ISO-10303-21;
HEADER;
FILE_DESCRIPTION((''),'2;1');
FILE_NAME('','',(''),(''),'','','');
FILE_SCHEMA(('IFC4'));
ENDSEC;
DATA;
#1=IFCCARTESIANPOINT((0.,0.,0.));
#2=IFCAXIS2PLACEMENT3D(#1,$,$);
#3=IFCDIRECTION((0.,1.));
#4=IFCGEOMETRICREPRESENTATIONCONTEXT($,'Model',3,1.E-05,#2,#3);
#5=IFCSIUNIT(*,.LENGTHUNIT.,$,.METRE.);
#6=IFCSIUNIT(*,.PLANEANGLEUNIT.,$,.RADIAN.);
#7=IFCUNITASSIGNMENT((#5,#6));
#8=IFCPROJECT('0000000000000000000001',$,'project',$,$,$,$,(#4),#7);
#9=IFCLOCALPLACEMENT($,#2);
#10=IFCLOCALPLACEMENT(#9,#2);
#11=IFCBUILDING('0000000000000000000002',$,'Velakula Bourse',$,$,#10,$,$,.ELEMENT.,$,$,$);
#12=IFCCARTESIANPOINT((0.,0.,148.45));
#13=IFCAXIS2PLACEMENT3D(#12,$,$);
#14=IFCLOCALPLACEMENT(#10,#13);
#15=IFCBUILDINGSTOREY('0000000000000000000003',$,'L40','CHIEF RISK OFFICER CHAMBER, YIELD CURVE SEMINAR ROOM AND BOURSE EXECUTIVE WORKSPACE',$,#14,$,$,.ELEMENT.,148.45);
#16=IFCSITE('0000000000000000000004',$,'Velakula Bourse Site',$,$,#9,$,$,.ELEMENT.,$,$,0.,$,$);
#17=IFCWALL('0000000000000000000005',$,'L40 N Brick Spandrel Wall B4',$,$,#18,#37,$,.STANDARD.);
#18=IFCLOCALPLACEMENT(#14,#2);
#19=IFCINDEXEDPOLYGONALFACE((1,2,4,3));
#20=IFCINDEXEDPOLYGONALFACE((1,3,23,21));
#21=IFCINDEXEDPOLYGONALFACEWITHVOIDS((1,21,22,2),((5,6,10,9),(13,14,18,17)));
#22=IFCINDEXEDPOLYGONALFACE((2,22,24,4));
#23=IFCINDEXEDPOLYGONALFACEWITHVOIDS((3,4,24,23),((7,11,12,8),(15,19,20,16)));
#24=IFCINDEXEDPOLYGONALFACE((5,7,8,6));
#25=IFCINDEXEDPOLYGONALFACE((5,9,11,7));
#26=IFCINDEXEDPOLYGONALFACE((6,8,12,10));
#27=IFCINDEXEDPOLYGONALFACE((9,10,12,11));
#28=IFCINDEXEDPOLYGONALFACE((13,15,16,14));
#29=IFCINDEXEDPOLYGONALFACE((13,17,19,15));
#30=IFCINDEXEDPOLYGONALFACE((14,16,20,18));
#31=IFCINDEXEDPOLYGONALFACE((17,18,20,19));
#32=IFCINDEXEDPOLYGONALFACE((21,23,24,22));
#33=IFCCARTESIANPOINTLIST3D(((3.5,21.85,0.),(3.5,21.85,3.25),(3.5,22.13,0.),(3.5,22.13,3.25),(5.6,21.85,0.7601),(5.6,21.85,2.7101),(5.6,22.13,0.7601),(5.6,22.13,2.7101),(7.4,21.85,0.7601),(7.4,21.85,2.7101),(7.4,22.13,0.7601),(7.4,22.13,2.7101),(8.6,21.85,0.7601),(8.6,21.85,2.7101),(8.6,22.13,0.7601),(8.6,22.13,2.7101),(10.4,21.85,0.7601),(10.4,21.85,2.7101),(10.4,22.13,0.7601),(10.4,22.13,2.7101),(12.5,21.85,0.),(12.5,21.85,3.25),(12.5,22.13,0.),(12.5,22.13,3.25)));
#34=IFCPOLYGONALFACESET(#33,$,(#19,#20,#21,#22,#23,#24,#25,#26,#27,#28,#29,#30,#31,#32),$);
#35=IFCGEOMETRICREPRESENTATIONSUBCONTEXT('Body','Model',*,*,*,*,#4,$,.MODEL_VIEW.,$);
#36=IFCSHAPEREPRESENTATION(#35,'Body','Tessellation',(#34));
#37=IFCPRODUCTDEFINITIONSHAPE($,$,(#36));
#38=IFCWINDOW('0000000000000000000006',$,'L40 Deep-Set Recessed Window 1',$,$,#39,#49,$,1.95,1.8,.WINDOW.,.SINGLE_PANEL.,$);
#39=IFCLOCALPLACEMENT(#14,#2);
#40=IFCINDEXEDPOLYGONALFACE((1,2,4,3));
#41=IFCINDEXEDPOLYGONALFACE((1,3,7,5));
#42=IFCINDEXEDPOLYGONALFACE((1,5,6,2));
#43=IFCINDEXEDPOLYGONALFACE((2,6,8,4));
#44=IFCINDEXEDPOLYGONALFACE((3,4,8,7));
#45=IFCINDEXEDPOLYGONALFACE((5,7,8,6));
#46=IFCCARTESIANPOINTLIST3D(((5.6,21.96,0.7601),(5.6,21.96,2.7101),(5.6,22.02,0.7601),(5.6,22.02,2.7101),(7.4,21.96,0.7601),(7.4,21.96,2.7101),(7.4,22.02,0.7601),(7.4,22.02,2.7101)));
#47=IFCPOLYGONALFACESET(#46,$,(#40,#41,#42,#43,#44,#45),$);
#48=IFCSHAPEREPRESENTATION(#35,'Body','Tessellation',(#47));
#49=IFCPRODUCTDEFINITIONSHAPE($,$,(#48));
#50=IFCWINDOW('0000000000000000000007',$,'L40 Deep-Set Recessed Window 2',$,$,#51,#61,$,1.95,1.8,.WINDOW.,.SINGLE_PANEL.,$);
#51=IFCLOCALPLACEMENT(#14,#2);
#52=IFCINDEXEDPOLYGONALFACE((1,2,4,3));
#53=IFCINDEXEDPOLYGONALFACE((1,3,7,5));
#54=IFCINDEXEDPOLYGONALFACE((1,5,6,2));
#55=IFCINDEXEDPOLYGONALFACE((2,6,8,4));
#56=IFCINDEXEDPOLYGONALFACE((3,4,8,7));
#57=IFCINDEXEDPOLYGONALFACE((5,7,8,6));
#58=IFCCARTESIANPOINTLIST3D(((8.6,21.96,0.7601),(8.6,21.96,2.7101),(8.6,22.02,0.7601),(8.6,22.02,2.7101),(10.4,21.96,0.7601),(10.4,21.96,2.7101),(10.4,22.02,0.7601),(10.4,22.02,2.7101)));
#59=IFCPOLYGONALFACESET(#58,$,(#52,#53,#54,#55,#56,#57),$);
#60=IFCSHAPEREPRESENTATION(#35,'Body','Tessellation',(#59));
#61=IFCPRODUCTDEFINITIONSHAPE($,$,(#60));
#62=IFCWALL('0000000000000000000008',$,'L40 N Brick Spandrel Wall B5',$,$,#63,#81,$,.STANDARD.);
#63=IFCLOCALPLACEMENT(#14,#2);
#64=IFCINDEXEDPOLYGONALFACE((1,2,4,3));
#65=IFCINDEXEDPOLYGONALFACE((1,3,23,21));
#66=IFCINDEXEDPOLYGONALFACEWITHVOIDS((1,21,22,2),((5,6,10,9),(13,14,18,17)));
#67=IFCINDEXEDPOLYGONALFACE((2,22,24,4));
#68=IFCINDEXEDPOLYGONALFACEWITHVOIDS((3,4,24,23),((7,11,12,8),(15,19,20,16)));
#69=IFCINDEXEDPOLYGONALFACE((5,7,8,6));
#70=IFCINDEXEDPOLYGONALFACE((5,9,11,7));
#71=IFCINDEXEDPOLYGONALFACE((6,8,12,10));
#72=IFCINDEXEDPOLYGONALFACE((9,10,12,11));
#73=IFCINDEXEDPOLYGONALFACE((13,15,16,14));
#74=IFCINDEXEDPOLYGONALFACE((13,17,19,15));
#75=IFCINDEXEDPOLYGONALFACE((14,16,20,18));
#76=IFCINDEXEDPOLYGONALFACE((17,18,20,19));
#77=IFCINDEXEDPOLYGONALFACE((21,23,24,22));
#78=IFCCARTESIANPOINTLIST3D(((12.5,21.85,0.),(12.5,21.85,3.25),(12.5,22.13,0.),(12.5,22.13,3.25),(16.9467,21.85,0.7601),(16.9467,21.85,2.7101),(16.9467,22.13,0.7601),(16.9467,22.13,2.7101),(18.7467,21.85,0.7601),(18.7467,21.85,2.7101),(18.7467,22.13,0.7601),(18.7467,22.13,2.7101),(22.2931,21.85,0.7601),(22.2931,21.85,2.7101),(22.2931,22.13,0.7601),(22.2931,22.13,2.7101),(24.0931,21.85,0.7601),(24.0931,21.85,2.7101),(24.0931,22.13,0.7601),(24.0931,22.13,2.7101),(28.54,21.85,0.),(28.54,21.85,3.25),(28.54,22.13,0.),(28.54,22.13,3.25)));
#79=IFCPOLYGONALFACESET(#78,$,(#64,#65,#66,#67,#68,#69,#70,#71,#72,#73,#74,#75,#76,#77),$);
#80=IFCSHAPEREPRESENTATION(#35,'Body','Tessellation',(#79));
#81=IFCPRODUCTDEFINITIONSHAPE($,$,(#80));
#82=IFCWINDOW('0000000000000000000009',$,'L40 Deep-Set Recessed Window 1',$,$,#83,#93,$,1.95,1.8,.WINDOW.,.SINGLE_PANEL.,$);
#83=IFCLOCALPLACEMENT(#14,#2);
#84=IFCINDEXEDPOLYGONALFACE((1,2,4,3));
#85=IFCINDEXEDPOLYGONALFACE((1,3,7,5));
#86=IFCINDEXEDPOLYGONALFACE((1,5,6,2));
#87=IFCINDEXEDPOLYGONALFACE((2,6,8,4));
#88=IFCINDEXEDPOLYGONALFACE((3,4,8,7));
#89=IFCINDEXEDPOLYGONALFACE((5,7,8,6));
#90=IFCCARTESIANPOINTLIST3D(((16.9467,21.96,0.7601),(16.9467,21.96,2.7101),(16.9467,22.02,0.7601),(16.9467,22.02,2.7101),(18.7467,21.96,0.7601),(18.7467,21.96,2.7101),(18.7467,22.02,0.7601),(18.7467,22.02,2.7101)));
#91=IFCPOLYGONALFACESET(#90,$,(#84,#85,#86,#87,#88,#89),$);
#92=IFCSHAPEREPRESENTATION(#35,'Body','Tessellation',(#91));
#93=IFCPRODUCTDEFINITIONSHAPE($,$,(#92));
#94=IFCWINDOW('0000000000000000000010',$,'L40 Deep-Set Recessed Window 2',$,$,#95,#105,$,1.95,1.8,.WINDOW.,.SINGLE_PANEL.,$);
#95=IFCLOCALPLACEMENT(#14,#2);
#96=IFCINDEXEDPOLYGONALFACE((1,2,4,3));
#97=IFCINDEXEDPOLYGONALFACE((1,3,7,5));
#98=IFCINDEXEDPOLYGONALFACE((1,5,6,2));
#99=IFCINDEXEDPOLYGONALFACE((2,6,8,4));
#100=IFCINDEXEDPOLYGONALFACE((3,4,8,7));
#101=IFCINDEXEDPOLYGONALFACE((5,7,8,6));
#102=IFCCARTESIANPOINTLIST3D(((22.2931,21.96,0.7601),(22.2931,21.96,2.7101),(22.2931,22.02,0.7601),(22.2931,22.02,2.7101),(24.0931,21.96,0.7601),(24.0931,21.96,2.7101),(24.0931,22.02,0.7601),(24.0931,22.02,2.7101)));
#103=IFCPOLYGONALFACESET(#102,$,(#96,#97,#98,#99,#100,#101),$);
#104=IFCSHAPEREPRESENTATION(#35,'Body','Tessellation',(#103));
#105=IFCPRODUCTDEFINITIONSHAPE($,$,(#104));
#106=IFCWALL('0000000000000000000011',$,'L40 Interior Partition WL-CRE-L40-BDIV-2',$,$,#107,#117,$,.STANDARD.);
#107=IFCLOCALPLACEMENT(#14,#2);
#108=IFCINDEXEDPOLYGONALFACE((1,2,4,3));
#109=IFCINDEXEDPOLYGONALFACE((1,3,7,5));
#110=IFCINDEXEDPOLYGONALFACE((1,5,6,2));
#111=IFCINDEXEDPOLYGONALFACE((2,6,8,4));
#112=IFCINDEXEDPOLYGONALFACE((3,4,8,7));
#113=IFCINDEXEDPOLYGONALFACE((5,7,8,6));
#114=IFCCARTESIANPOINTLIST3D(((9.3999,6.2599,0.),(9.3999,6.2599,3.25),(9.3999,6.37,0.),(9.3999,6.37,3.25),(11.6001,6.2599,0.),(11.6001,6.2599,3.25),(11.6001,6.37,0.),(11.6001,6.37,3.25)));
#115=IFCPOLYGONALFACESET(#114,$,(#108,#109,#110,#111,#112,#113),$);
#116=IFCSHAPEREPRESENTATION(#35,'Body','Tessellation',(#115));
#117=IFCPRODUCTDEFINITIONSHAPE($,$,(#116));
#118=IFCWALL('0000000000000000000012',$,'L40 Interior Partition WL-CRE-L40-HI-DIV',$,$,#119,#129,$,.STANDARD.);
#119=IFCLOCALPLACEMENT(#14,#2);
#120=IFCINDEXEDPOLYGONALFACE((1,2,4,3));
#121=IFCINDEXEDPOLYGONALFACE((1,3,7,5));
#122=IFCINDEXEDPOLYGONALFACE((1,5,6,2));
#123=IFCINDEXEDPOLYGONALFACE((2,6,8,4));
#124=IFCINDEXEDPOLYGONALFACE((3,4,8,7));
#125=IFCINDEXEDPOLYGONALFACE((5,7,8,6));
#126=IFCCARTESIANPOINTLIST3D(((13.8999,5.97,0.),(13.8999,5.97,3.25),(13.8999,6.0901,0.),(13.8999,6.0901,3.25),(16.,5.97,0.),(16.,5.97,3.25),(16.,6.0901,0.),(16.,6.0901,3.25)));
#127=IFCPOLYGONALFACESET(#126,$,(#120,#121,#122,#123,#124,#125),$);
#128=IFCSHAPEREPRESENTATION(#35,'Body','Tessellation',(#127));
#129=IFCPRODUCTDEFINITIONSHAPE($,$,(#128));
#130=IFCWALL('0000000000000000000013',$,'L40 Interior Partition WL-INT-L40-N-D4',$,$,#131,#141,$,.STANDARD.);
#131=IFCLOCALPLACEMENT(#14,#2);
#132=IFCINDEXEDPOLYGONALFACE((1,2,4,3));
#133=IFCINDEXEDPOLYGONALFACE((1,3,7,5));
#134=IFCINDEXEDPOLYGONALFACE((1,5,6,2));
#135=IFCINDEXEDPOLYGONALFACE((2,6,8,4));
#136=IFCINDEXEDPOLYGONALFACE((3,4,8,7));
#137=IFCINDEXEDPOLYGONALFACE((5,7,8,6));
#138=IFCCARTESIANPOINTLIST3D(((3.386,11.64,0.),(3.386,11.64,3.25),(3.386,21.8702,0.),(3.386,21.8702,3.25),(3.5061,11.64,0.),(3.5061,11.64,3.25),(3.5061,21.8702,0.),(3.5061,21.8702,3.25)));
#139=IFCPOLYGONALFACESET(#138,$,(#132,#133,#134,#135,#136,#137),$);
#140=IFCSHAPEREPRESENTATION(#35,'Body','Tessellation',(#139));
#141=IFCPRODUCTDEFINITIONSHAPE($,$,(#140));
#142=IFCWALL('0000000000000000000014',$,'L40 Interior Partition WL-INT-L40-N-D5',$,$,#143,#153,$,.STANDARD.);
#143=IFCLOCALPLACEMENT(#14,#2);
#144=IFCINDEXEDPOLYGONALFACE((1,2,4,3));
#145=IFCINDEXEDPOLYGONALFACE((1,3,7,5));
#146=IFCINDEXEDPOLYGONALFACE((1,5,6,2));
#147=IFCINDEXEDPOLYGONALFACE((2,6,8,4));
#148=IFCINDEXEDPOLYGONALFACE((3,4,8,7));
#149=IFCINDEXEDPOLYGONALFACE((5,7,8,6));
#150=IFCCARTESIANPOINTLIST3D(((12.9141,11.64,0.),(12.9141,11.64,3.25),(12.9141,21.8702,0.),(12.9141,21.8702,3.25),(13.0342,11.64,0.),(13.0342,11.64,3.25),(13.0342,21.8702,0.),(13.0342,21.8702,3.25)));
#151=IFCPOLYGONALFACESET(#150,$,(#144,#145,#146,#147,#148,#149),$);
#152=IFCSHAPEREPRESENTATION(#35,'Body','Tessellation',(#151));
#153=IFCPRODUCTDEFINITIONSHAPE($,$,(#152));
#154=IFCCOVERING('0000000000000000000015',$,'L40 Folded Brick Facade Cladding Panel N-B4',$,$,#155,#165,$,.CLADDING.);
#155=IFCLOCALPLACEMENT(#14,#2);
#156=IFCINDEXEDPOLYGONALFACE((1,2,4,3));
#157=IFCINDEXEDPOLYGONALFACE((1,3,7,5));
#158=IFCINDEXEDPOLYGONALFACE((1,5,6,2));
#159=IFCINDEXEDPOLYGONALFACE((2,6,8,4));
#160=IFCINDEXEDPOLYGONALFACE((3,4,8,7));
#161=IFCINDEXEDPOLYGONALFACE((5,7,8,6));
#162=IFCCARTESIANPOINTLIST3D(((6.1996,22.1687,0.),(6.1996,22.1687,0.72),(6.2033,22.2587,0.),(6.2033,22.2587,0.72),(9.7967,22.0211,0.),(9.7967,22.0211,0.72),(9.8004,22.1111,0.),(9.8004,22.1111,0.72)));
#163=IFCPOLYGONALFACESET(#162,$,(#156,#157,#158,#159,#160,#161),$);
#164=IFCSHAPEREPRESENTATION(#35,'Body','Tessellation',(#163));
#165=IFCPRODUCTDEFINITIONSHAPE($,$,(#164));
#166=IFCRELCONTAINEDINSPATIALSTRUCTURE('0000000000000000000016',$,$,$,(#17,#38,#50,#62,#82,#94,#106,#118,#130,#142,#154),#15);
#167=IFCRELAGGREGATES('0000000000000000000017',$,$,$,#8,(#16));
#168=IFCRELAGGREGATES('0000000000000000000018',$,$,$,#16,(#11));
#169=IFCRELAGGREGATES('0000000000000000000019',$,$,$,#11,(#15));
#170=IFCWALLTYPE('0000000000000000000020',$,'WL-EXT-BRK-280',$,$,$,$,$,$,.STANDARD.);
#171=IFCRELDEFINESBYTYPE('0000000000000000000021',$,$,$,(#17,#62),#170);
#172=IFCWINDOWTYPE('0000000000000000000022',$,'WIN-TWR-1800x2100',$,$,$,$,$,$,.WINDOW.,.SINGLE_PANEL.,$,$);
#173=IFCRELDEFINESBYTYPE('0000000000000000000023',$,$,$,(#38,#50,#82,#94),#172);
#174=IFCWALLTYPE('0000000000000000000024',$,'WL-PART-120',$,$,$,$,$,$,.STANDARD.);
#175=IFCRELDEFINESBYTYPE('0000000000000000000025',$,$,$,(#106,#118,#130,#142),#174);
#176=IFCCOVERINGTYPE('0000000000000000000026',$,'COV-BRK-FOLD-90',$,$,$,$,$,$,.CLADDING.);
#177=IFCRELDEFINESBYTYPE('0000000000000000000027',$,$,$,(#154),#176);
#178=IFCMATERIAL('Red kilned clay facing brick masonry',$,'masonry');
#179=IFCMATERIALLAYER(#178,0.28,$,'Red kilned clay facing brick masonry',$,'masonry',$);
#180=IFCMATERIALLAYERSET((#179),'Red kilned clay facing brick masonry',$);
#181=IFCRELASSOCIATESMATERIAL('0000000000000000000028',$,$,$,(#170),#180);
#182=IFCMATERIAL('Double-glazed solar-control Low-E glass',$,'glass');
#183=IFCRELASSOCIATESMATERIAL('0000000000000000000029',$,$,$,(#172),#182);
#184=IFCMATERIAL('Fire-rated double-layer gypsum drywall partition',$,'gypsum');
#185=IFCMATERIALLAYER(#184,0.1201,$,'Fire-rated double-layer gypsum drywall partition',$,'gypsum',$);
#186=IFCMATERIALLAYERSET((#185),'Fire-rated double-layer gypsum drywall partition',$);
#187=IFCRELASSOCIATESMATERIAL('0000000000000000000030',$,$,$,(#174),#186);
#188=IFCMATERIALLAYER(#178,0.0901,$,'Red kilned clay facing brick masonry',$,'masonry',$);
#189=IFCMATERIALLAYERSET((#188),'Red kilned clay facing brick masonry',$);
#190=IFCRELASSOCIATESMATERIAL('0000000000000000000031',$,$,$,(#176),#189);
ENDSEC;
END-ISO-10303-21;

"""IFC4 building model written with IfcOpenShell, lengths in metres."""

from ifc_helpers import new_model, si_unit, direction, frame, frame_2d, origin, origin_2d, place, context, subcontext, project, spatial, rectangle, extrude, material, layer, layer_set, type_object, element, fill, save


model = new_model("IFC4")

# Units and contexts
model_context = context("Model", 3, precision=1e-05, world=origin(), true_north=direction((0.0, 1.0)))
body_context = subcontext(model_context, "Body", "Model", "MODEL_VIEW")
ifc_project = project(units=[si_unit("LENGTHUNIT", "METRE"), si_unit("PLANEANGLEUNIT", "RADIAN")], contexts=[model_context])

# Site, building, storey
site_placement = place(None, origin())
site = spatial("IfcSite", under=ifc_project, at=site_placement, Name="Velakula Bourse Site", CompositionType="ELEMENT", RefElevation=0.0)
building_placement = place(site_placement, origin())
building = spatial("IfcBuilding", under=site, at=building_placement, Name="Velakula Bourse", CompositionType="ELEMENT")
storey_placement = place(building_placement, frame((0.0, 0.0, 148.45)))
storey = spatial("IfcBuildingStorey", under=building, at=storey_placement, Name="L40", Description="CHIEF RISK OFFICER CHAMBER, YIELD CURVE SEMINAR ROOM AND BOURSE EXECUTIVE WORKSPACE", CompositionType="ELEMENT", Elevation=148.45)

# Walls, openings, windows
ifc_material_1 = material(Name="Red kilned clay facing brick masonry", Category="masonry")
ifc_layer_1 = layer(ifc_material_1, 0.28, Name="Red kilned clay facing brick masonry", Category="masonry")
ifc_layer_set_1 = layer_set([ifc_layer_1], Name="Red kilned clay facing brick masonry")
wall_type_1 = type_object("IfcWallType", Name="WL-EXT-BRK-280", PredefinedType="STANDARD", material=ifc_layer_set_1)
wall_1_placement = place(storey_placement, frame((3.5, 21.99, 0.0), z_axis=(0.0, 0.0, 1.0), x_axis=(1.0, 0.0, 0.0)))
wall_1 = element("IfcWall", 1, at=wall_1_placement, inside=storey, type_object=wall_type_1, Name="L40 N Brick Spandrel Wall B4", PredefinedType="STANDARD", context=body_context, shape_type="SweptSolid", body=[
    extrude(rectangle(XDim=9.0, YDim=0.28, at=frame_2d((4.5, 0.0))), origin(), (0.0, 0.0, 1.0), 3.25),
])
opening_1_placement = place(wall_1_placement, frame((2.1001, 0.0, 0.76)))
opening_1 = element("IfcOpeningElement", 2, at=opening_1_placement, cuts=wall_1, PredefinedType="OPENING", context=body_context, shape_type="SweptSolid", body=[
    extrude(rectangle(XDim=1.8, YDim=1.95, at=frame_2d((0.8999, 0.9751))), frame((0.0, 0.1499, 0.0), z_axis=(0.0, -1.0, 0.0), x_axis=(1.0, 0.0, 0.0)), (0.0, 0.0, 1.0), 0.3),
])
opening_2_placement = place(wall_1_placement, frame((5.1001, 0.0, 0.76)))
opening_2 = element("IfcOpeningElement", 3, at=opening_2_placement, cuts=wall_1, PredefinedType="OPENING", context=body_context, shape_type="SweptSolid", body=[
    extrude(rectangle(XDim=1.8, YDim=1.95, at=frame_2d((0.8999, 0.9751))), frame((0.0, 0.1499, 0.0), z_axis=(0.0, -1.0, 0.0), x_axis=(1.0, 0.0, 0.0)), (0.0, 0.0, 1.0), 0.3),
])
ifc_material_2 = material(Name="Double-glazed solar-control Low-E glass", Category="glass")
window_type = type_object("IfcWindowType", Name="WIN-TWR-1800x2100", PartitioningType="SINGLE_PANEL", PredefinedType="WINDOW", material=ifc_material_2)
window_1_placement = place(opening_1_placement, origin())
window_1 = element("IfcWindow", 4, at=window_1_placement, inside=storey, type_object=window_type, Name="L40 Deep-Set Recessed Window 1", OverallHeight=1.95, OverallWidth=1.8, PartitioningType="SINGLE_PANEL", PredefinedType="WINDOW", context=body_context, shape_type="SweptSolid", body=[
    extrude(rectangle(XDim=1.8, YDim=1.95, at=frame_2d((0.8999, 0.9751))), frame((0.0, 0.03, 0.0), z_axis=(0.0, -1.0, 0.0), x_axis=(1.0, 0.0, 0.0)), (0.0, 0.0, 1.0), 0.0601),
])
fill(opening_1, window_1)
window_2_placement = place(opening_2_placement, origin())
window_2 = element("IfcWindow", 5, at=window_2_placement, inside=storey, type_object=window_type, Name="L40 Deep-Set Recessed Window 2", OverallHeight=1.95, OverallWidth=1.8, PartitioningType="SINGLE_PANEL", PredefinedType="WINDOW", context=body_context, shape_type="SweptSolid", body=[
    extrude(rectangle(XDim=1.8, YDim=1.95, at=frame_2d((0.8999, 0.9751))), frame((0.0, 0.03, 0.0), z_axis=(0.0, -1.0, 0.0), x_axis=(1.0, 0.0, 0.0)), (0.0, 0.0, 1.0), 0.0601),
])
fill(opening_2, window_2)
wall_2_placement = place(storey_placement, frame((12.5, 21.99, 0.0), z_axis=(0.0, 0.0, 1.0), x_axis=(1.0, 0.0, 0.0)))
wall_2 = element("IfcWall", 6, at=wall_2_placement, inside=storey, type_object=wall_type_1, Name="L40 N Brick Spandrel Wall B5", PredefinedType="STANDARD", context=body_context, shape_type="SweptSolid", body=[
    extrude(rectangle(XDim=16.04, YDim=0.28, at=frame_2d((8.02, 0.0))), origin(), (0.0, 0.0, 1.0), 3.25),
])
opening_3_placement = place(wall_2_placement, frame((4.4468, 0.0, 0.76)))
opening_3 = element("IfcOpeningElement", 7, at=opening_3_placement, cuts=wall_2, PredefinedType="OPENING", context=body_context, shape_type="SweptSolid", body=[
    extrude(rectangle(XDim=1.8, YDim=1.95, at=frame_2d((0.8999, 0.9751))), frame((0.0, 0.1499, 0.0), z_axis=(0.0, -1.0, 0.0), x_axis=(1.0, 0.0, 0.0)), (0.0, 0.0, 1.0), 0.3),
])
opening_4_placement = place(wall_2_placement, frame((9.7932, 0.0, 0.76)))
opening_4 = element("IfcOpeningElement", 8, at=opening_4_placement, cuts=wall_2, PredefinedType="OPENING", context=body_context, shape_type="SweptSolid", body=[
    extrude(rectangle(XDim=1.8, YDim=1.95, at=frame_2d((0.8999, 0.9751))), frame((0.0, 0.1499, 0.0), z_axis=(0.0, -1.0, 0.0), x_axis=(1.0, 0.0, 0.0)), (0.0, 0.0, 1.0), 0.3),
])
window_3_placement = place(opening_3_placement, origin())
window_3 = element("IfcWindow", 9, at=window_3_placement, inside=storey, type_object=window_type, Name="L40 Deep-Set Recessed Window 1", OverallHeight=1.95, OverallWidth=1.8, PartitioningType="SINGLE_PANEL", PredefinedType="WINDOW", context=body_context, shape_type="SweptSolid", body=[
    extrude(rectangle(XDim=1.8, YDim=1.95, at=frame_2d((0.8999, 0.9751))), frame((0.0, 0.03, 0.0), z_axis=(0.0, -1.0, 0.0), x_axis=(1.0, 0.0, 0.0)), (0.0, 0.0, 1.0), 0.0601),
])
fill(opening_3, window_3)
window_4_placement = place(opening_4_placement, origin())
window_4 = element("IfcWindow", 10, at=window_4_placement, inside=storey, type_object=window_type, Name="L40 Deep-Set Recessed Window 2", OverallHeight=1.95, OverallWidth=1.8, PartitioningType="SINGLE_PANEL", PredefinedType="WINDOW", context=body_context, shape_type="SweptSolid", body=[
    extrude(rectangle(XDim=1.8, YDim=1.95, at=frame_2d((0.8999, 0.9751))), frame((0.0, 0.03, 0.0), z_axis=(0.0, -1.0, 0.0), x_axis=(1.0, 0.0, 0.0)), (0.0, 0.0, 1.0), 0.0601),
])
fill(opening_4, window_4)

# Walls
ifc_material_3 = material(Name="Fire-rated double-layer gypsum drywall partition", Category="gypsum")
ifc_layer_2 = layer(ifc_material_3, 0.1201, Name="Fire-rated double-layer gypsum drywall partition", Category="gypsum")
ifc_layer_set_2 = layer_set([ifc_layer_2], Name="Fire-rated double-layer gypsum drywall partition")
wall_type_2 = type_object("IfcWallType", Name="WL-PART-120", PredefinedType="STANDARD", material=ifc_layer_set_2)
wall_3_placement = place(storey_placement, frame((9.3999, 6.3149, 0.0), z_axis=(0.0, 0.0, 1.0), x_axis=(1.0, 0.0, 0.0)))
element("IfcWall", 11, at=wall_3_placement, inside=storey, type_object=wall_type_2, Name="L40 Interior Partition WL-CRE-L40-BDIV-2", PredefinedType="STANDARD", context=body_context, shape_type="SweptSolid", body=[
    extrude(rectangle(XDim=2.2002, YDim=0.1101, at=frame_2d((1.1001, 0.0))), origin(), (0.0, 0.0, 1.0), 3.25),
])
wall_4_placement = place(storey_placement, frame((13.8999, 6.03, 0.0), z_axis=(0.0, 0.0, 1.0), x_axis=(1.0, 0.0, 0.0)))
element("IfcWall", 12, at=wall_4_placement, inside=storey, type_object=wall_type_2, Name="L40 Interior Partition WL-CRE-L40-HI-DIV", PredefinedType="STANDARD", context=body_context, shape_type="SweptSolid", body=[
    extrude(rectangle(XDim=2.1001, YDim=0.1201, at=frame_2d((1.05, 0.0))), origin(), (0.0, 0.0, 1.0), 3.25),
])
for number, where, z_axis, x_axis, name in (
    (13, (3.446, 11.6399, 0.0), (0.0, 0.0, 1.0), (0.0, 1.0, 0.0), "L40 Interior Partition WL-INT-L40-N-D4"),
    (14, (12.9741, 11.6399, 0.0), (0.0, 0.0, 1.0), (0.0, 1.0, 0.0), "L40 Interior Partition WL-INT-L40-N-D5"),
):
    element("IfcWall", number, at=place(storey_placement, frame(where, z_axis=z_axis, x_axis=x_axis)), inside=storey, type_object=wall_type_2, Name=name, PredefinedType="STANDARD", context=body_context, shape_type="SweptSolid", body=[
        extrude(rectangle(XDim=10.2302, YDim=0.1201, at=frame_2d((5.1152, 0.0))), origin(), (0.0, 0.0, 1.0), 3.25),
    ])

# Covering
ifc_layer_3 = layer(ifc_material_1, 0.0901, Name="Red kilned clay facing brick masonry", Category="masonry")
ifc_layer_set_3 = layer_set([ifc_layer_3], Name="Red kilned clay facing brick masonry")
covering_type = type_object("IfcCoveringType", Name="COV-BRK-FOLD-90", PredefinedType="CLADDING", material=ifc_layer_set_3)
covering_placement = place(storey_placement, frame((8.0, 22.1399, 0.0), z_axis=(0.0, 0.0, 1.0), x_axis=(0.999159, -0.041004, 0.0)))
element("IfcCovering", 15, at=covering_placement, inside=storey, type_object=covering_type, Name="L40 Folded Brick Facade Cladding Panel N-B4", PredefinedType="CLADDING", context=body_context, shape_type="SweptSolid", body=[
    extrude(rectangle(XDim=3.6001, YDim=0.0901, at=origin_2d()), origin(), (0.0, 0.0, 1.0), 0.72),
])

save(model, "model.ifc")
